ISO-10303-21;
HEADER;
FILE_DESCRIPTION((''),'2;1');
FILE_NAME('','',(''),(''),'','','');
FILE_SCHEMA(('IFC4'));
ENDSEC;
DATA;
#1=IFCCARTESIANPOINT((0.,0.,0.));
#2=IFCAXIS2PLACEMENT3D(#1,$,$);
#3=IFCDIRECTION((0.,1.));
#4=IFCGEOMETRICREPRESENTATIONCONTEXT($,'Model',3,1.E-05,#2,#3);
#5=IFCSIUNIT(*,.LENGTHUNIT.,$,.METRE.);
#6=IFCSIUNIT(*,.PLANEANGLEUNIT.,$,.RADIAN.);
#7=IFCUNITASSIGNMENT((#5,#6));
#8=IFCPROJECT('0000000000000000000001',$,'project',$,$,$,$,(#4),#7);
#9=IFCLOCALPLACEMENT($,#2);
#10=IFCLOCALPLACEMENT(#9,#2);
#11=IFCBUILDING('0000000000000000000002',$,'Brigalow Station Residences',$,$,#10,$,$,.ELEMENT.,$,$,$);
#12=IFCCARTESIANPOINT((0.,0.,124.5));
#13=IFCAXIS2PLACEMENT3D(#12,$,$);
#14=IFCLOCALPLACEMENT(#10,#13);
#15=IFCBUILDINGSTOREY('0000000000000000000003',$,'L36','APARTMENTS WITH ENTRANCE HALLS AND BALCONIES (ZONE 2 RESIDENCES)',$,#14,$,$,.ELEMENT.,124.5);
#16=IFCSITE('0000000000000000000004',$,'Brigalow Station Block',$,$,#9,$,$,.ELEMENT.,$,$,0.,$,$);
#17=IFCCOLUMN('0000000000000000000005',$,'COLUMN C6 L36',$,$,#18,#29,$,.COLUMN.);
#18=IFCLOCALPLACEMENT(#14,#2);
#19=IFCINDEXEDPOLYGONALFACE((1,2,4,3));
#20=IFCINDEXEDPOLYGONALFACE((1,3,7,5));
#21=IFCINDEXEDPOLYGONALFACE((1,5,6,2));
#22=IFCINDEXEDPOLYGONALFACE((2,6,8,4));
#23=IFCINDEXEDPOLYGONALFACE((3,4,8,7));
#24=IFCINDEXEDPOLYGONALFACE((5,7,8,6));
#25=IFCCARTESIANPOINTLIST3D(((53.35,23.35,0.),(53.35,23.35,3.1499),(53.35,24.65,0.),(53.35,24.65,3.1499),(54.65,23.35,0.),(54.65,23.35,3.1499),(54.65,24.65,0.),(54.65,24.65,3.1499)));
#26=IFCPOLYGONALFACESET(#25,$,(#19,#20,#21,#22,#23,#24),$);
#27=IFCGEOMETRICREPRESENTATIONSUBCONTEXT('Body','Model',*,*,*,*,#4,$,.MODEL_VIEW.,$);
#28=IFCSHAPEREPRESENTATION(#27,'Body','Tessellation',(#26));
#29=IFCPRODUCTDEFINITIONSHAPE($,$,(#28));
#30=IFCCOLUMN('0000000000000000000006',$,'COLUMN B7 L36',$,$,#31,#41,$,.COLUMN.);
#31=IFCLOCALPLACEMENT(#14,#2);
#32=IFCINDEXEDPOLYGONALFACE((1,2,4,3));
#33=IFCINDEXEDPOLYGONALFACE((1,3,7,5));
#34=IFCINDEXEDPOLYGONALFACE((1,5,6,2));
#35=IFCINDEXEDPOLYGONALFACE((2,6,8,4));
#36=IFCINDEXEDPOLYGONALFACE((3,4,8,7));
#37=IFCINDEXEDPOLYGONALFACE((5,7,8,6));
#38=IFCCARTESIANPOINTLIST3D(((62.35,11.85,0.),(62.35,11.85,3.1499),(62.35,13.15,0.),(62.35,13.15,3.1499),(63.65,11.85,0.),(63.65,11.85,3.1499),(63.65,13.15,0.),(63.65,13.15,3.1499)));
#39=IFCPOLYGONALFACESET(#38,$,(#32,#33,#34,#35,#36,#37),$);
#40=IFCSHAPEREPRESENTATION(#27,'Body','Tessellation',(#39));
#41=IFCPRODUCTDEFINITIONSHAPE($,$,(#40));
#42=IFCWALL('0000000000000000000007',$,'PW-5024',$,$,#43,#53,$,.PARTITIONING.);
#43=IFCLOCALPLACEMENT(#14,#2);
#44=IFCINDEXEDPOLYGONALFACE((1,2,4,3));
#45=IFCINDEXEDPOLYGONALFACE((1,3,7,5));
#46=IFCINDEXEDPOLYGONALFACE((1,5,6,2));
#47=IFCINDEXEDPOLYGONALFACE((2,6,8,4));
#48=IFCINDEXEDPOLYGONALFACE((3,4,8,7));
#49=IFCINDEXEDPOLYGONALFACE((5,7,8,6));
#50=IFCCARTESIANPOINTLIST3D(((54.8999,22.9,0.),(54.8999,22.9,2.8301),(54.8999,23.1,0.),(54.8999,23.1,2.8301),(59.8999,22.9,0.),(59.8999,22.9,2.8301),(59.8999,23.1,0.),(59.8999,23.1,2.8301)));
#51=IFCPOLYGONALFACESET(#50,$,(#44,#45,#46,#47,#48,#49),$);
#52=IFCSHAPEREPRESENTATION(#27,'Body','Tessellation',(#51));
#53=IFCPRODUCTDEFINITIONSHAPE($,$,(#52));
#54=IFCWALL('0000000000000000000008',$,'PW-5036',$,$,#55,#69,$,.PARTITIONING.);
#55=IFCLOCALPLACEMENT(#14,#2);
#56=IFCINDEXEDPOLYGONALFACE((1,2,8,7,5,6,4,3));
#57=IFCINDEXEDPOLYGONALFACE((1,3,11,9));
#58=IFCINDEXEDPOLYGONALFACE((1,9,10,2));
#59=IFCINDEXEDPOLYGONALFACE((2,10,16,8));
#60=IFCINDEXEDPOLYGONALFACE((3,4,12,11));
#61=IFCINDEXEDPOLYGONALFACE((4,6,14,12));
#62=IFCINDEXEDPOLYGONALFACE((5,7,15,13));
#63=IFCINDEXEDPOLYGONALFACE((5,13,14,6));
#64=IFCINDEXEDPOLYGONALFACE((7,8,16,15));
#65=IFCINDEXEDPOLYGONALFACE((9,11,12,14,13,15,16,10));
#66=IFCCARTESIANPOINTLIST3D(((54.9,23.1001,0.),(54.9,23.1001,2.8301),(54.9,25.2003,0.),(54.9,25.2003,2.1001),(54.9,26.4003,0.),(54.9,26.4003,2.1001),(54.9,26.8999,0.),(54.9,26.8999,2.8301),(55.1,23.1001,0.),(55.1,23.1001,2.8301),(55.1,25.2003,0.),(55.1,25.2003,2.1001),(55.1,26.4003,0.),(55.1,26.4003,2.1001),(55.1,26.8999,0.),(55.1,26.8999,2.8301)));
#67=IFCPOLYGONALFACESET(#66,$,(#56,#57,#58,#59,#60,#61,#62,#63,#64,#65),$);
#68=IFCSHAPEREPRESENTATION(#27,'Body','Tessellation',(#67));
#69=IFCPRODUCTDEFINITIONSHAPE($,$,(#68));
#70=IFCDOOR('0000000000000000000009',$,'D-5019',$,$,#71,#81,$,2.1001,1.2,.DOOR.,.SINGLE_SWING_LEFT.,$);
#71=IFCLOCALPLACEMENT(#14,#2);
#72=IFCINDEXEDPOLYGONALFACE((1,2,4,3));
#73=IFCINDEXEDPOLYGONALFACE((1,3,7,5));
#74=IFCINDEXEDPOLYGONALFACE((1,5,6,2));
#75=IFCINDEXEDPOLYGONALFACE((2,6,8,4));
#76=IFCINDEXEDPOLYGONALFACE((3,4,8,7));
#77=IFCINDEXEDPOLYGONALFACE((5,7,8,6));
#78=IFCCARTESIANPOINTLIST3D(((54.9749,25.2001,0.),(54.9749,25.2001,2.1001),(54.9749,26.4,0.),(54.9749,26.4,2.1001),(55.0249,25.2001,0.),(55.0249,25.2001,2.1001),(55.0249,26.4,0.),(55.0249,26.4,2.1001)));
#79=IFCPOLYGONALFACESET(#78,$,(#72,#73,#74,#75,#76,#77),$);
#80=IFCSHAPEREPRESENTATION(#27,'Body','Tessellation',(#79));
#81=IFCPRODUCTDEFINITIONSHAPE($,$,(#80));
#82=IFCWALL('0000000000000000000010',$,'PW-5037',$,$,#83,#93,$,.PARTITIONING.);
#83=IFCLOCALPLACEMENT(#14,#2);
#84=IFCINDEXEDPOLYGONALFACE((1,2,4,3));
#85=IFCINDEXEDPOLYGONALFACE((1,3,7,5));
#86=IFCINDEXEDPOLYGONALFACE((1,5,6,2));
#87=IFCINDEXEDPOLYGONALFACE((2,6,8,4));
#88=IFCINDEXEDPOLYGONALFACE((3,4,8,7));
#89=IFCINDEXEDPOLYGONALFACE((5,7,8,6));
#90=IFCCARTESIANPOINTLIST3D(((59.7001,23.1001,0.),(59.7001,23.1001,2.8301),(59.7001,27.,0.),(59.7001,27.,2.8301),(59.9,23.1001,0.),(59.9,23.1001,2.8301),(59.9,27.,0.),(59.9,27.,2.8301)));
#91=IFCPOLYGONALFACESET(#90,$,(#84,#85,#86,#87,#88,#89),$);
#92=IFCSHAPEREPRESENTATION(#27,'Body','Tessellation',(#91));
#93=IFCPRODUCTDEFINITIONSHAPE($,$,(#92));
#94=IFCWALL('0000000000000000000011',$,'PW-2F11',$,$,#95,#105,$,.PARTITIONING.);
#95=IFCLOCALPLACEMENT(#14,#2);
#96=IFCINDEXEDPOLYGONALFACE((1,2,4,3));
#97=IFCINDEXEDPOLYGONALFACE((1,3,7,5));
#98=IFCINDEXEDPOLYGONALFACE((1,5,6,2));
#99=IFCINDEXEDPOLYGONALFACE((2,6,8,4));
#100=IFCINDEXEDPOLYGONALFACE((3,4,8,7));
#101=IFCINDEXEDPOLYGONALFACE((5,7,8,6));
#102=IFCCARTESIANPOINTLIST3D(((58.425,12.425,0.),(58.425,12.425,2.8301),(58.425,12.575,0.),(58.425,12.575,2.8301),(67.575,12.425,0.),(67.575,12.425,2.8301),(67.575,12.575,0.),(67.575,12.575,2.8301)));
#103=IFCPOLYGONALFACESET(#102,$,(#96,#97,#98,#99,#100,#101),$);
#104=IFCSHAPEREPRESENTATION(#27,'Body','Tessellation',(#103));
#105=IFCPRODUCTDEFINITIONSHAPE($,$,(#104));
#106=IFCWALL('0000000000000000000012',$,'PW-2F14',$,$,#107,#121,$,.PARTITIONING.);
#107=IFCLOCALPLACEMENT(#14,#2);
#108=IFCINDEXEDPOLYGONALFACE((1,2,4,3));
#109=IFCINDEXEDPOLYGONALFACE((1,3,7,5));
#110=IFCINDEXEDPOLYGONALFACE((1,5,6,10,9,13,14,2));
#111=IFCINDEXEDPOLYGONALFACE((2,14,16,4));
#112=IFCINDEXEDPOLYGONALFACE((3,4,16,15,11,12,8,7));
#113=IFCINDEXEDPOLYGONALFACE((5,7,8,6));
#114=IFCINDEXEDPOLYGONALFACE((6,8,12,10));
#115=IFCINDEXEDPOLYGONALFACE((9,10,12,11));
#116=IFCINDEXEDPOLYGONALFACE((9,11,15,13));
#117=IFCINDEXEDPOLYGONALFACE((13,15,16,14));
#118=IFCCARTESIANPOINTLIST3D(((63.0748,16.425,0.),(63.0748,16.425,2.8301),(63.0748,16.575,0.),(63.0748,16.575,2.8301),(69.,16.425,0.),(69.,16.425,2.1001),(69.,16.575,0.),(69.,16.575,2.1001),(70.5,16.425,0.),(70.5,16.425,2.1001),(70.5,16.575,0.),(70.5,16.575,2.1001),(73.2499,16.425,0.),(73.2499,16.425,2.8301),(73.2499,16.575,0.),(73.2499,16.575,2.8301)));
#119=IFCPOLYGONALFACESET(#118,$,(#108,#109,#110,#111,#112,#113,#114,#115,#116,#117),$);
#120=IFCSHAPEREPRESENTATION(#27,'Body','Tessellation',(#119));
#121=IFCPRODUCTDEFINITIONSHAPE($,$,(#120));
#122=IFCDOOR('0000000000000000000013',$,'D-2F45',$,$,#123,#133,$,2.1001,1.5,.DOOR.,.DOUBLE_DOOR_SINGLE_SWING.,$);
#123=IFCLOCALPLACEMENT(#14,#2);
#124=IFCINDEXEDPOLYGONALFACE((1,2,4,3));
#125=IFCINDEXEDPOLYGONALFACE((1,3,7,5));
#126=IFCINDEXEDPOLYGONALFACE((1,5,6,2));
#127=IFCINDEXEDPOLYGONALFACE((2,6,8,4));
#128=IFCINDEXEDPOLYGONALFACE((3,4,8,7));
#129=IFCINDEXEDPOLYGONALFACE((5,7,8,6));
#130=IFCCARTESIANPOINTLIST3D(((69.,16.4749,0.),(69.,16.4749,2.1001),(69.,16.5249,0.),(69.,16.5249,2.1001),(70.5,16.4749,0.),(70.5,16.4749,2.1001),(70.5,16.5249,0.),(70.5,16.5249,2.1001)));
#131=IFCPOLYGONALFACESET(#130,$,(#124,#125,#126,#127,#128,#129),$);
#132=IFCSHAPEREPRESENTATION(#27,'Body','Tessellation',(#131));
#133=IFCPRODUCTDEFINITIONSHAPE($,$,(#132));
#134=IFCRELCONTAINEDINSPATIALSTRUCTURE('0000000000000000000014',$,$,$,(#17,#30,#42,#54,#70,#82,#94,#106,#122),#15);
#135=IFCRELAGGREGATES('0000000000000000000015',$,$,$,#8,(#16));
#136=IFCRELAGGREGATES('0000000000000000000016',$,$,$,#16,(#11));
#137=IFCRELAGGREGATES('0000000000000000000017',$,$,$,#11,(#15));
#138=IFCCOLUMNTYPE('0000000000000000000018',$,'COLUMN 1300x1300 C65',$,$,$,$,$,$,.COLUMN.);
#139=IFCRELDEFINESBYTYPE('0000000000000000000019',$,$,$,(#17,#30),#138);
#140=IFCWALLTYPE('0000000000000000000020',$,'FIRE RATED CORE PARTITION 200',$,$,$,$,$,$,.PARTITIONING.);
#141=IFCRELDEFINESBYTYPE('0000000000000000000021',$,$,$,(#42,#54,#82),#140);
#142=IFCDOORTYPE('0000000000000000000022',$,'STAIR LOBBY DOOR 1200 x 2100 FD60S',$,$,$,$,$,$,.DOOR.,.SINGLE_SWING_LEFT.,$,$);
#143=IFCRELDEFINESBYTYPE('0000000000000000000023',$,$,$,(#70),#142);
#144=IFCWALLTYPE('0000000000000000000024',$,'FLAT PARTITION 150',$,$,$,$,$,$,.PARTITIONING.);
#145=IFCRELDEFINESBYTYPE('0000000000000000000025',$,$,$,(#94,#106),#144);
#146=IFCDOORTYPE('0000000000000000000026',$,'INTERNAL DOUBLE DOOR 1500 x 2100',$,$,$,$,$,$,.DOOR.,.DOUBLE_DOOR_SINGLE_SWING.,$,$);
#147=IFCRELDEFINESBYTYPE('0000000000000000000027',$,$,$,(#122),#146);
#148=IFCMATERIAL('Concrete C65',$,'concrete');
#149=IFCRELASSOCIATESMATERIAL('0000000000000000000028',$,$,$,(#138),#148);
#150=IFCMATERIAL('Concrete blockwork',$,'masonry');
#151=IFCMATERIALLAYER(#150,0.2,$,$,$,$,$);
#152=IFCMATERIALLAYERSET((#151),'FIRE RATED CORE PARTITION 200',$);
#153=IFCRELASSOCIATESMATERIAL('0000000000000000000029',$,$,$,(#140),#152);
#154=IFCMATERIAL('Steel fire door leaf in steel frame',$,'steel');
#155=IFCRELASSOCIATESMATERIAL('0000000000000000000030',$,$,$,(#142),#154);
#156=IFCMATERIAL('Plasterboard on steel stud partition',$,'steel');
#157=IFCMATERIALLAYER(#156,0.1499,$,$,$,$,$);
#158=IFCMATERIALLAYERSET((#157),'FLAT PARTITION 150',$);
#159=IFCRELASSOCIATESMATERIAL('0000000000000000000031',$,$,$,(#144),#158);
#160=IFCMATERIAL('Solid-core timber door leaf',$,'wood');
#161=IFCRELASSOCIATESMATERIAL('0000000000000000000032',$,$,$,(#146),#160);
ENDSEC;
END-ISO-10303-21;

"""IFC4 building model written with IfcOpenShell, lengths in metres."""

from ifc_helpers import new_model, si_unit, direction, frame, frame_2d, origin, origin_2d, place, context, subcontext, project, spatial, rectangle, extrude, material, layer, layer_set, material_profile, profile_set, type_object, element, fill, save


model = new_model("IFC4")

# Units and contexts
model_context = context("Model", 3, precision=1e-05, world=origin(), true_north=direction((0.0, 1.0)))
body_context = subcontext(model_context, "Body", "Model", "MODEL_VIEW")
ifc_project = project(units=[si_unit("LENGTHUNIT", "METRE"), si_unit("PLANEANGLEUNIT", "RADIAN")], contexts=[model_context])

# Site, building, storey
site_placement = place(None, origin())
site = spatial("IfcSite", under=ifc_project, at=site_placement, Name="Brigalow Station Block", CompositionType="ELEMENT", RefElevation=0.0)
building_placement = place(site_placement, origin())
building = spatial("IfcBuilding", under=site, at=building_placement, Name="Brigalow Station Residences", CompositionType="ELEMENT")
storey_placement = place(building_placement, frame((0.0, 0.0, 124.5)))
storey = spatial("IfcBuildingStorey", under=building, at=storey_placement, Name="L36", Description="APARTMENTS WITH ENTRANCE HALLS AND BALCONIES (ZONE 2 RESIDENCES)", CompositionType="ELEMENT", Elevation=124.5)

# Columns
ifc_material_1 = material(Name="Concrete C65", Category="concrete")
ifc_material_profile = material_profile(ifc_material_1, rectangle(XDim=1.3, YDim=1.3, at=origin_2d()), Name="RC1300x1300")
ifc_profile_set = profile_set([ifc_material_profile], Name="Concrete C65")
column_type = type_object("IfcColumnType", Name="COLUMN 1300x1300 C65", PredefinedType="COLUMN", material=ifc_profile_set)
for number, where, z_axis, x_axis, name in (
    (1, (54.0, 24.0, 0.0), (0.0, 0.0, 1.0), (1.0, 0.0, 0.0), "COLUMN C6 L36"),
    (2, (63.0, 12.5, 0.0), (0.0, 0.0, 1.0), (1.0, 0.0, 0.0), "COLUMN B7 L36"),
):
    element("IfcColumn", number, at=place(storey_placement, frame(where, z_axis=z_axis, x_axis=x_axis)), inside=storey, type_object=column_type, Name=name, PredefinedType="COLUMN", context=body_context, shape_type="SweptSolid", body=[
        extrude(rectangle(XDim=1.3, YDim=1.3, at=origin_2d()), origin(), (0.0, 0.0, 1.0), 3.1499),
    ])

# Wall
ifc_material_2 = material(Name="Concrete blockwork", Category="masonry")
ifc_layer_1 = layer(ifc_material_2, 0.2)
ifc_layer_set_1 = layer_set([ifc_layer_1], Name="FIRE RATED CORE PARTITION 200")
wall_type_1 = type_object("IfcWallType", Name="FIRE RATED CORE PARTITION 200", PredefinedType="PARTITIONING", material=ifc_layer_set_1)
wall_1_placement = place(storey_placement, frame((54.8999, 23.0, 0.0), z_axis=(0.0, 0.0, 1.0), x_axis=(1.0, 0.0, 0.0)))
element("IfcWall", 3, at=wall_1_placement, inside=storey, type_object=wall_type_1, Name="PW-5024", PredefinedType="PARTITIONING", context=body_context, shape_type="SweptSolid", body=[
    extrude(rectangle(XDim=5.0, YDim=0.2, at=frame_2d((2.5, 0.0))), origin(), (0.0, 0.0, 1.0), 2.8301),
])

# Wall, opening, door
wall_2_placement = place(storey_placement, frame((55.0, 23.1001, 0.0), z_axis=(0.0, 0.0, 1.0), x_axis=(0.0, 1.0, 0.0)))
wall_2 = element("IfcWall", 4, at=wall_2_placement, inside=storey, type_object=wall_type_1, Name="PW-5036", PredefinedType="PARTITIONING", context=body_context, shape_type="SweptSolid", body=[
    extrude(rectangle(XDim=3.7998, YDim=0.2, at=frame_2d((1.8999, 0.0))), origin(), (0.0, 0.0, 1.0), 2.8301),
])
opening_1_placement = place(wall_2_placement, frame((2.1001, 0.0, 0.0)))
opening_1 = element("IfcOpeningElement", 5, at=opening_1_placement, cuts=wall_2, PredefinedType="OPENING", context=body_context, shape_type="SweptSolid", body=[
    extrude(rectangle(XDim=1.2, YDim=2.1001, at=frame_2d((0.6001, 1.05))), frame((0.0, 0.1099, 0.0), z_axis=(0.0, -1.0, 0.0), x_axis=(1.0, 0.0, 0.0)), (0.0, 0.0, 1.0), 0.22),
])
ifc_material_3 = material(Name="Steel fire door leaf in steel frame", Category="steel")
door_type_1 = type_object("IfcDoorType", Name="STAIR LOBBY DOOR 1200 x 2100 FD60S", OperationType="SINGLE_SWING_LEFT", PredefinedType="DOOR", material=ifc_material_3)
door_1_placement = place(opening_1_placement, frame((1.2, 0.0, 0.0), z_axis=(0.0, 0.0, 1.0), x_axis=(-1.0, 0.0, 0.0)))
door_1 = element("IfcDoor", 6, at=door_1_placement, inside=storey, type_object=door_type_1, Name="D-5019", OperationType="SINGLE_SWING_LEFT", OverallHeight=2.1001, OverallWidth=1.2, PredefinedType="DOOR", context=body_context, shape_type="SweptSolid", body=[
    extrude(rectangle(XDim=1.2, YDim=2.1001, at=frame_2d((0.6001, 1.05))), frame((0.0, 0.0249, 0.0), z_axis=(0.0, -1.0, 0.0), x_axis=(1.0, 0.0, 0.0)), (0.0, 0.0, 1.0), 0.05),
])
fill(opening_1, door_1)

# Walls
wall_3_placement = place(storey_placement, frame((59.8, 23.1001, 0.0), z_axis=(0.0, 0.0, 1.0), x_axis=(0.0, 1.0, 0.0)))
element("IfcWall", 7, at=wall_3_placement, inside=storey, type_object=wall_type_1, Name="PW-5037", PredefinedType="PARTITIONING", context=body_context, shape_type="SweptSolid", body=[
    extrude(rectangle(XDim=3.8999, YDim=0.2, at=frame_2d((1.95, 0.0))), origin(), (0.0, 0.0, 1.0), 2.8301),
])
ifc_material_4 = material(Name="Plasterboard on steel stud partition", Category="steel")
ifc_layer_2 = layer(ifc_material_4, 0.1499)
ifc_layer_set_2 = layer_set([ifc_layer_2], Name="FLAT PARTITION 150")
wall_type_2 = type_object("IfcWallType", Name="FLAT PARTITION 150", PredefinedType="PARTITIONING", material=ifc_layer_set_2)
wall_4_placement = place(storey_placement, frame((58.425, 12.5, 0.0), z_axis=(0.0, 0.0, 1.0), x_axis=(1.0, 0.0, 0.0)))
element("IfcWall", 8, at=wall_4_placement, inside=storey, type_object=wall_type_2, Name="PW-2F11", PredefinedType="PARTITIONING", context=body_context, shape_type="SweptSolid", body=[
    extrude(rectangle(XDim=9.1499, YDim=0.1499, at=frame_2d((4.575, 0.0))), origin(), (0.0, 0.0, 1.0), 2.8301),
])

# Wall, opening, door
wall_5_placement = place(storey_placement, frame((63.075, 16.5, 0.0), z_axis=(0.0, 0.0, 1.0), x_axis=(1.0, 0.0, 0.0)))
wall_5 = element("IfcWall", 9, at=wall_5_placement, inside=storey, type_object=wall_type_2, Name="PW-2F14", PredefinedType="PARTITIONING", context=body_context, shape_type="SweptSolid", body=[
    extrude(rectangle(XDim=10.175, YDim=0.1499, at=frame_2d((5.0874, 0.0))), origin(), (0.0, 0.0, 1.0), 2.8301),
])
opening_2_placement = place(wall_5_placement, frame((5.925, 0.0, 0.0)))
opening_2 = element("IfcOpeningElement", 10, at=opening_2_placement, cuts=wall_5, PredefinedType="OPENING", context=body_context, shape_type="SweptSolid", body=[
    extrude(rectangle(XDim=1.5, YDim=2.1001, at=frame_2d((0.75, 1.05))), frame((0.0, 0.085, 0.0), z_axis=(0.0, -1.0, 0.0), x_axis=(1.0, 0.0, 0.0)), (0.0, 0.0, 1.0), 0.1699),
])
ifc_material_5 = material(Name="Solid-core timber door leaf", Category="wood")
door_type_2 = type_object("IfcDoorType", Name="INTERNAL DOUBLE DOOR 1500 x 2100", OperationType="DOUBLE_DOOR_SINGLE_SWING", PredefinedType="DOOR", material=ifc_material_5)
door_2_placement = place(opening_2_placement, origin())
door_2 = element("IfcDoor", 11, at=door_2_placement, inside=storey, type_object=door_type_2, Name="D-2F45", OperationType="DOUBLE_DOOR_SINGLE_SWING", OverallHeight=2.1001, OverallWidth=1.5, PredefinedType="DOOR", context=body_context, shape_type="SweptSolid", body=[
    extrude(rectangle(XDim=1.5, YDim=2.1001, at=frame_2d((0.75, 1.05))), frame((0.0, 0.0249, 0.0), z_axis=(0.0, -1.0, 0.0), x_axis=(1.0, 0.0, 0.0)), (0.0, 0.0, 1.0), 0.05),
])
fill(opening_2, door_2)

save(model, "model.ifc")
